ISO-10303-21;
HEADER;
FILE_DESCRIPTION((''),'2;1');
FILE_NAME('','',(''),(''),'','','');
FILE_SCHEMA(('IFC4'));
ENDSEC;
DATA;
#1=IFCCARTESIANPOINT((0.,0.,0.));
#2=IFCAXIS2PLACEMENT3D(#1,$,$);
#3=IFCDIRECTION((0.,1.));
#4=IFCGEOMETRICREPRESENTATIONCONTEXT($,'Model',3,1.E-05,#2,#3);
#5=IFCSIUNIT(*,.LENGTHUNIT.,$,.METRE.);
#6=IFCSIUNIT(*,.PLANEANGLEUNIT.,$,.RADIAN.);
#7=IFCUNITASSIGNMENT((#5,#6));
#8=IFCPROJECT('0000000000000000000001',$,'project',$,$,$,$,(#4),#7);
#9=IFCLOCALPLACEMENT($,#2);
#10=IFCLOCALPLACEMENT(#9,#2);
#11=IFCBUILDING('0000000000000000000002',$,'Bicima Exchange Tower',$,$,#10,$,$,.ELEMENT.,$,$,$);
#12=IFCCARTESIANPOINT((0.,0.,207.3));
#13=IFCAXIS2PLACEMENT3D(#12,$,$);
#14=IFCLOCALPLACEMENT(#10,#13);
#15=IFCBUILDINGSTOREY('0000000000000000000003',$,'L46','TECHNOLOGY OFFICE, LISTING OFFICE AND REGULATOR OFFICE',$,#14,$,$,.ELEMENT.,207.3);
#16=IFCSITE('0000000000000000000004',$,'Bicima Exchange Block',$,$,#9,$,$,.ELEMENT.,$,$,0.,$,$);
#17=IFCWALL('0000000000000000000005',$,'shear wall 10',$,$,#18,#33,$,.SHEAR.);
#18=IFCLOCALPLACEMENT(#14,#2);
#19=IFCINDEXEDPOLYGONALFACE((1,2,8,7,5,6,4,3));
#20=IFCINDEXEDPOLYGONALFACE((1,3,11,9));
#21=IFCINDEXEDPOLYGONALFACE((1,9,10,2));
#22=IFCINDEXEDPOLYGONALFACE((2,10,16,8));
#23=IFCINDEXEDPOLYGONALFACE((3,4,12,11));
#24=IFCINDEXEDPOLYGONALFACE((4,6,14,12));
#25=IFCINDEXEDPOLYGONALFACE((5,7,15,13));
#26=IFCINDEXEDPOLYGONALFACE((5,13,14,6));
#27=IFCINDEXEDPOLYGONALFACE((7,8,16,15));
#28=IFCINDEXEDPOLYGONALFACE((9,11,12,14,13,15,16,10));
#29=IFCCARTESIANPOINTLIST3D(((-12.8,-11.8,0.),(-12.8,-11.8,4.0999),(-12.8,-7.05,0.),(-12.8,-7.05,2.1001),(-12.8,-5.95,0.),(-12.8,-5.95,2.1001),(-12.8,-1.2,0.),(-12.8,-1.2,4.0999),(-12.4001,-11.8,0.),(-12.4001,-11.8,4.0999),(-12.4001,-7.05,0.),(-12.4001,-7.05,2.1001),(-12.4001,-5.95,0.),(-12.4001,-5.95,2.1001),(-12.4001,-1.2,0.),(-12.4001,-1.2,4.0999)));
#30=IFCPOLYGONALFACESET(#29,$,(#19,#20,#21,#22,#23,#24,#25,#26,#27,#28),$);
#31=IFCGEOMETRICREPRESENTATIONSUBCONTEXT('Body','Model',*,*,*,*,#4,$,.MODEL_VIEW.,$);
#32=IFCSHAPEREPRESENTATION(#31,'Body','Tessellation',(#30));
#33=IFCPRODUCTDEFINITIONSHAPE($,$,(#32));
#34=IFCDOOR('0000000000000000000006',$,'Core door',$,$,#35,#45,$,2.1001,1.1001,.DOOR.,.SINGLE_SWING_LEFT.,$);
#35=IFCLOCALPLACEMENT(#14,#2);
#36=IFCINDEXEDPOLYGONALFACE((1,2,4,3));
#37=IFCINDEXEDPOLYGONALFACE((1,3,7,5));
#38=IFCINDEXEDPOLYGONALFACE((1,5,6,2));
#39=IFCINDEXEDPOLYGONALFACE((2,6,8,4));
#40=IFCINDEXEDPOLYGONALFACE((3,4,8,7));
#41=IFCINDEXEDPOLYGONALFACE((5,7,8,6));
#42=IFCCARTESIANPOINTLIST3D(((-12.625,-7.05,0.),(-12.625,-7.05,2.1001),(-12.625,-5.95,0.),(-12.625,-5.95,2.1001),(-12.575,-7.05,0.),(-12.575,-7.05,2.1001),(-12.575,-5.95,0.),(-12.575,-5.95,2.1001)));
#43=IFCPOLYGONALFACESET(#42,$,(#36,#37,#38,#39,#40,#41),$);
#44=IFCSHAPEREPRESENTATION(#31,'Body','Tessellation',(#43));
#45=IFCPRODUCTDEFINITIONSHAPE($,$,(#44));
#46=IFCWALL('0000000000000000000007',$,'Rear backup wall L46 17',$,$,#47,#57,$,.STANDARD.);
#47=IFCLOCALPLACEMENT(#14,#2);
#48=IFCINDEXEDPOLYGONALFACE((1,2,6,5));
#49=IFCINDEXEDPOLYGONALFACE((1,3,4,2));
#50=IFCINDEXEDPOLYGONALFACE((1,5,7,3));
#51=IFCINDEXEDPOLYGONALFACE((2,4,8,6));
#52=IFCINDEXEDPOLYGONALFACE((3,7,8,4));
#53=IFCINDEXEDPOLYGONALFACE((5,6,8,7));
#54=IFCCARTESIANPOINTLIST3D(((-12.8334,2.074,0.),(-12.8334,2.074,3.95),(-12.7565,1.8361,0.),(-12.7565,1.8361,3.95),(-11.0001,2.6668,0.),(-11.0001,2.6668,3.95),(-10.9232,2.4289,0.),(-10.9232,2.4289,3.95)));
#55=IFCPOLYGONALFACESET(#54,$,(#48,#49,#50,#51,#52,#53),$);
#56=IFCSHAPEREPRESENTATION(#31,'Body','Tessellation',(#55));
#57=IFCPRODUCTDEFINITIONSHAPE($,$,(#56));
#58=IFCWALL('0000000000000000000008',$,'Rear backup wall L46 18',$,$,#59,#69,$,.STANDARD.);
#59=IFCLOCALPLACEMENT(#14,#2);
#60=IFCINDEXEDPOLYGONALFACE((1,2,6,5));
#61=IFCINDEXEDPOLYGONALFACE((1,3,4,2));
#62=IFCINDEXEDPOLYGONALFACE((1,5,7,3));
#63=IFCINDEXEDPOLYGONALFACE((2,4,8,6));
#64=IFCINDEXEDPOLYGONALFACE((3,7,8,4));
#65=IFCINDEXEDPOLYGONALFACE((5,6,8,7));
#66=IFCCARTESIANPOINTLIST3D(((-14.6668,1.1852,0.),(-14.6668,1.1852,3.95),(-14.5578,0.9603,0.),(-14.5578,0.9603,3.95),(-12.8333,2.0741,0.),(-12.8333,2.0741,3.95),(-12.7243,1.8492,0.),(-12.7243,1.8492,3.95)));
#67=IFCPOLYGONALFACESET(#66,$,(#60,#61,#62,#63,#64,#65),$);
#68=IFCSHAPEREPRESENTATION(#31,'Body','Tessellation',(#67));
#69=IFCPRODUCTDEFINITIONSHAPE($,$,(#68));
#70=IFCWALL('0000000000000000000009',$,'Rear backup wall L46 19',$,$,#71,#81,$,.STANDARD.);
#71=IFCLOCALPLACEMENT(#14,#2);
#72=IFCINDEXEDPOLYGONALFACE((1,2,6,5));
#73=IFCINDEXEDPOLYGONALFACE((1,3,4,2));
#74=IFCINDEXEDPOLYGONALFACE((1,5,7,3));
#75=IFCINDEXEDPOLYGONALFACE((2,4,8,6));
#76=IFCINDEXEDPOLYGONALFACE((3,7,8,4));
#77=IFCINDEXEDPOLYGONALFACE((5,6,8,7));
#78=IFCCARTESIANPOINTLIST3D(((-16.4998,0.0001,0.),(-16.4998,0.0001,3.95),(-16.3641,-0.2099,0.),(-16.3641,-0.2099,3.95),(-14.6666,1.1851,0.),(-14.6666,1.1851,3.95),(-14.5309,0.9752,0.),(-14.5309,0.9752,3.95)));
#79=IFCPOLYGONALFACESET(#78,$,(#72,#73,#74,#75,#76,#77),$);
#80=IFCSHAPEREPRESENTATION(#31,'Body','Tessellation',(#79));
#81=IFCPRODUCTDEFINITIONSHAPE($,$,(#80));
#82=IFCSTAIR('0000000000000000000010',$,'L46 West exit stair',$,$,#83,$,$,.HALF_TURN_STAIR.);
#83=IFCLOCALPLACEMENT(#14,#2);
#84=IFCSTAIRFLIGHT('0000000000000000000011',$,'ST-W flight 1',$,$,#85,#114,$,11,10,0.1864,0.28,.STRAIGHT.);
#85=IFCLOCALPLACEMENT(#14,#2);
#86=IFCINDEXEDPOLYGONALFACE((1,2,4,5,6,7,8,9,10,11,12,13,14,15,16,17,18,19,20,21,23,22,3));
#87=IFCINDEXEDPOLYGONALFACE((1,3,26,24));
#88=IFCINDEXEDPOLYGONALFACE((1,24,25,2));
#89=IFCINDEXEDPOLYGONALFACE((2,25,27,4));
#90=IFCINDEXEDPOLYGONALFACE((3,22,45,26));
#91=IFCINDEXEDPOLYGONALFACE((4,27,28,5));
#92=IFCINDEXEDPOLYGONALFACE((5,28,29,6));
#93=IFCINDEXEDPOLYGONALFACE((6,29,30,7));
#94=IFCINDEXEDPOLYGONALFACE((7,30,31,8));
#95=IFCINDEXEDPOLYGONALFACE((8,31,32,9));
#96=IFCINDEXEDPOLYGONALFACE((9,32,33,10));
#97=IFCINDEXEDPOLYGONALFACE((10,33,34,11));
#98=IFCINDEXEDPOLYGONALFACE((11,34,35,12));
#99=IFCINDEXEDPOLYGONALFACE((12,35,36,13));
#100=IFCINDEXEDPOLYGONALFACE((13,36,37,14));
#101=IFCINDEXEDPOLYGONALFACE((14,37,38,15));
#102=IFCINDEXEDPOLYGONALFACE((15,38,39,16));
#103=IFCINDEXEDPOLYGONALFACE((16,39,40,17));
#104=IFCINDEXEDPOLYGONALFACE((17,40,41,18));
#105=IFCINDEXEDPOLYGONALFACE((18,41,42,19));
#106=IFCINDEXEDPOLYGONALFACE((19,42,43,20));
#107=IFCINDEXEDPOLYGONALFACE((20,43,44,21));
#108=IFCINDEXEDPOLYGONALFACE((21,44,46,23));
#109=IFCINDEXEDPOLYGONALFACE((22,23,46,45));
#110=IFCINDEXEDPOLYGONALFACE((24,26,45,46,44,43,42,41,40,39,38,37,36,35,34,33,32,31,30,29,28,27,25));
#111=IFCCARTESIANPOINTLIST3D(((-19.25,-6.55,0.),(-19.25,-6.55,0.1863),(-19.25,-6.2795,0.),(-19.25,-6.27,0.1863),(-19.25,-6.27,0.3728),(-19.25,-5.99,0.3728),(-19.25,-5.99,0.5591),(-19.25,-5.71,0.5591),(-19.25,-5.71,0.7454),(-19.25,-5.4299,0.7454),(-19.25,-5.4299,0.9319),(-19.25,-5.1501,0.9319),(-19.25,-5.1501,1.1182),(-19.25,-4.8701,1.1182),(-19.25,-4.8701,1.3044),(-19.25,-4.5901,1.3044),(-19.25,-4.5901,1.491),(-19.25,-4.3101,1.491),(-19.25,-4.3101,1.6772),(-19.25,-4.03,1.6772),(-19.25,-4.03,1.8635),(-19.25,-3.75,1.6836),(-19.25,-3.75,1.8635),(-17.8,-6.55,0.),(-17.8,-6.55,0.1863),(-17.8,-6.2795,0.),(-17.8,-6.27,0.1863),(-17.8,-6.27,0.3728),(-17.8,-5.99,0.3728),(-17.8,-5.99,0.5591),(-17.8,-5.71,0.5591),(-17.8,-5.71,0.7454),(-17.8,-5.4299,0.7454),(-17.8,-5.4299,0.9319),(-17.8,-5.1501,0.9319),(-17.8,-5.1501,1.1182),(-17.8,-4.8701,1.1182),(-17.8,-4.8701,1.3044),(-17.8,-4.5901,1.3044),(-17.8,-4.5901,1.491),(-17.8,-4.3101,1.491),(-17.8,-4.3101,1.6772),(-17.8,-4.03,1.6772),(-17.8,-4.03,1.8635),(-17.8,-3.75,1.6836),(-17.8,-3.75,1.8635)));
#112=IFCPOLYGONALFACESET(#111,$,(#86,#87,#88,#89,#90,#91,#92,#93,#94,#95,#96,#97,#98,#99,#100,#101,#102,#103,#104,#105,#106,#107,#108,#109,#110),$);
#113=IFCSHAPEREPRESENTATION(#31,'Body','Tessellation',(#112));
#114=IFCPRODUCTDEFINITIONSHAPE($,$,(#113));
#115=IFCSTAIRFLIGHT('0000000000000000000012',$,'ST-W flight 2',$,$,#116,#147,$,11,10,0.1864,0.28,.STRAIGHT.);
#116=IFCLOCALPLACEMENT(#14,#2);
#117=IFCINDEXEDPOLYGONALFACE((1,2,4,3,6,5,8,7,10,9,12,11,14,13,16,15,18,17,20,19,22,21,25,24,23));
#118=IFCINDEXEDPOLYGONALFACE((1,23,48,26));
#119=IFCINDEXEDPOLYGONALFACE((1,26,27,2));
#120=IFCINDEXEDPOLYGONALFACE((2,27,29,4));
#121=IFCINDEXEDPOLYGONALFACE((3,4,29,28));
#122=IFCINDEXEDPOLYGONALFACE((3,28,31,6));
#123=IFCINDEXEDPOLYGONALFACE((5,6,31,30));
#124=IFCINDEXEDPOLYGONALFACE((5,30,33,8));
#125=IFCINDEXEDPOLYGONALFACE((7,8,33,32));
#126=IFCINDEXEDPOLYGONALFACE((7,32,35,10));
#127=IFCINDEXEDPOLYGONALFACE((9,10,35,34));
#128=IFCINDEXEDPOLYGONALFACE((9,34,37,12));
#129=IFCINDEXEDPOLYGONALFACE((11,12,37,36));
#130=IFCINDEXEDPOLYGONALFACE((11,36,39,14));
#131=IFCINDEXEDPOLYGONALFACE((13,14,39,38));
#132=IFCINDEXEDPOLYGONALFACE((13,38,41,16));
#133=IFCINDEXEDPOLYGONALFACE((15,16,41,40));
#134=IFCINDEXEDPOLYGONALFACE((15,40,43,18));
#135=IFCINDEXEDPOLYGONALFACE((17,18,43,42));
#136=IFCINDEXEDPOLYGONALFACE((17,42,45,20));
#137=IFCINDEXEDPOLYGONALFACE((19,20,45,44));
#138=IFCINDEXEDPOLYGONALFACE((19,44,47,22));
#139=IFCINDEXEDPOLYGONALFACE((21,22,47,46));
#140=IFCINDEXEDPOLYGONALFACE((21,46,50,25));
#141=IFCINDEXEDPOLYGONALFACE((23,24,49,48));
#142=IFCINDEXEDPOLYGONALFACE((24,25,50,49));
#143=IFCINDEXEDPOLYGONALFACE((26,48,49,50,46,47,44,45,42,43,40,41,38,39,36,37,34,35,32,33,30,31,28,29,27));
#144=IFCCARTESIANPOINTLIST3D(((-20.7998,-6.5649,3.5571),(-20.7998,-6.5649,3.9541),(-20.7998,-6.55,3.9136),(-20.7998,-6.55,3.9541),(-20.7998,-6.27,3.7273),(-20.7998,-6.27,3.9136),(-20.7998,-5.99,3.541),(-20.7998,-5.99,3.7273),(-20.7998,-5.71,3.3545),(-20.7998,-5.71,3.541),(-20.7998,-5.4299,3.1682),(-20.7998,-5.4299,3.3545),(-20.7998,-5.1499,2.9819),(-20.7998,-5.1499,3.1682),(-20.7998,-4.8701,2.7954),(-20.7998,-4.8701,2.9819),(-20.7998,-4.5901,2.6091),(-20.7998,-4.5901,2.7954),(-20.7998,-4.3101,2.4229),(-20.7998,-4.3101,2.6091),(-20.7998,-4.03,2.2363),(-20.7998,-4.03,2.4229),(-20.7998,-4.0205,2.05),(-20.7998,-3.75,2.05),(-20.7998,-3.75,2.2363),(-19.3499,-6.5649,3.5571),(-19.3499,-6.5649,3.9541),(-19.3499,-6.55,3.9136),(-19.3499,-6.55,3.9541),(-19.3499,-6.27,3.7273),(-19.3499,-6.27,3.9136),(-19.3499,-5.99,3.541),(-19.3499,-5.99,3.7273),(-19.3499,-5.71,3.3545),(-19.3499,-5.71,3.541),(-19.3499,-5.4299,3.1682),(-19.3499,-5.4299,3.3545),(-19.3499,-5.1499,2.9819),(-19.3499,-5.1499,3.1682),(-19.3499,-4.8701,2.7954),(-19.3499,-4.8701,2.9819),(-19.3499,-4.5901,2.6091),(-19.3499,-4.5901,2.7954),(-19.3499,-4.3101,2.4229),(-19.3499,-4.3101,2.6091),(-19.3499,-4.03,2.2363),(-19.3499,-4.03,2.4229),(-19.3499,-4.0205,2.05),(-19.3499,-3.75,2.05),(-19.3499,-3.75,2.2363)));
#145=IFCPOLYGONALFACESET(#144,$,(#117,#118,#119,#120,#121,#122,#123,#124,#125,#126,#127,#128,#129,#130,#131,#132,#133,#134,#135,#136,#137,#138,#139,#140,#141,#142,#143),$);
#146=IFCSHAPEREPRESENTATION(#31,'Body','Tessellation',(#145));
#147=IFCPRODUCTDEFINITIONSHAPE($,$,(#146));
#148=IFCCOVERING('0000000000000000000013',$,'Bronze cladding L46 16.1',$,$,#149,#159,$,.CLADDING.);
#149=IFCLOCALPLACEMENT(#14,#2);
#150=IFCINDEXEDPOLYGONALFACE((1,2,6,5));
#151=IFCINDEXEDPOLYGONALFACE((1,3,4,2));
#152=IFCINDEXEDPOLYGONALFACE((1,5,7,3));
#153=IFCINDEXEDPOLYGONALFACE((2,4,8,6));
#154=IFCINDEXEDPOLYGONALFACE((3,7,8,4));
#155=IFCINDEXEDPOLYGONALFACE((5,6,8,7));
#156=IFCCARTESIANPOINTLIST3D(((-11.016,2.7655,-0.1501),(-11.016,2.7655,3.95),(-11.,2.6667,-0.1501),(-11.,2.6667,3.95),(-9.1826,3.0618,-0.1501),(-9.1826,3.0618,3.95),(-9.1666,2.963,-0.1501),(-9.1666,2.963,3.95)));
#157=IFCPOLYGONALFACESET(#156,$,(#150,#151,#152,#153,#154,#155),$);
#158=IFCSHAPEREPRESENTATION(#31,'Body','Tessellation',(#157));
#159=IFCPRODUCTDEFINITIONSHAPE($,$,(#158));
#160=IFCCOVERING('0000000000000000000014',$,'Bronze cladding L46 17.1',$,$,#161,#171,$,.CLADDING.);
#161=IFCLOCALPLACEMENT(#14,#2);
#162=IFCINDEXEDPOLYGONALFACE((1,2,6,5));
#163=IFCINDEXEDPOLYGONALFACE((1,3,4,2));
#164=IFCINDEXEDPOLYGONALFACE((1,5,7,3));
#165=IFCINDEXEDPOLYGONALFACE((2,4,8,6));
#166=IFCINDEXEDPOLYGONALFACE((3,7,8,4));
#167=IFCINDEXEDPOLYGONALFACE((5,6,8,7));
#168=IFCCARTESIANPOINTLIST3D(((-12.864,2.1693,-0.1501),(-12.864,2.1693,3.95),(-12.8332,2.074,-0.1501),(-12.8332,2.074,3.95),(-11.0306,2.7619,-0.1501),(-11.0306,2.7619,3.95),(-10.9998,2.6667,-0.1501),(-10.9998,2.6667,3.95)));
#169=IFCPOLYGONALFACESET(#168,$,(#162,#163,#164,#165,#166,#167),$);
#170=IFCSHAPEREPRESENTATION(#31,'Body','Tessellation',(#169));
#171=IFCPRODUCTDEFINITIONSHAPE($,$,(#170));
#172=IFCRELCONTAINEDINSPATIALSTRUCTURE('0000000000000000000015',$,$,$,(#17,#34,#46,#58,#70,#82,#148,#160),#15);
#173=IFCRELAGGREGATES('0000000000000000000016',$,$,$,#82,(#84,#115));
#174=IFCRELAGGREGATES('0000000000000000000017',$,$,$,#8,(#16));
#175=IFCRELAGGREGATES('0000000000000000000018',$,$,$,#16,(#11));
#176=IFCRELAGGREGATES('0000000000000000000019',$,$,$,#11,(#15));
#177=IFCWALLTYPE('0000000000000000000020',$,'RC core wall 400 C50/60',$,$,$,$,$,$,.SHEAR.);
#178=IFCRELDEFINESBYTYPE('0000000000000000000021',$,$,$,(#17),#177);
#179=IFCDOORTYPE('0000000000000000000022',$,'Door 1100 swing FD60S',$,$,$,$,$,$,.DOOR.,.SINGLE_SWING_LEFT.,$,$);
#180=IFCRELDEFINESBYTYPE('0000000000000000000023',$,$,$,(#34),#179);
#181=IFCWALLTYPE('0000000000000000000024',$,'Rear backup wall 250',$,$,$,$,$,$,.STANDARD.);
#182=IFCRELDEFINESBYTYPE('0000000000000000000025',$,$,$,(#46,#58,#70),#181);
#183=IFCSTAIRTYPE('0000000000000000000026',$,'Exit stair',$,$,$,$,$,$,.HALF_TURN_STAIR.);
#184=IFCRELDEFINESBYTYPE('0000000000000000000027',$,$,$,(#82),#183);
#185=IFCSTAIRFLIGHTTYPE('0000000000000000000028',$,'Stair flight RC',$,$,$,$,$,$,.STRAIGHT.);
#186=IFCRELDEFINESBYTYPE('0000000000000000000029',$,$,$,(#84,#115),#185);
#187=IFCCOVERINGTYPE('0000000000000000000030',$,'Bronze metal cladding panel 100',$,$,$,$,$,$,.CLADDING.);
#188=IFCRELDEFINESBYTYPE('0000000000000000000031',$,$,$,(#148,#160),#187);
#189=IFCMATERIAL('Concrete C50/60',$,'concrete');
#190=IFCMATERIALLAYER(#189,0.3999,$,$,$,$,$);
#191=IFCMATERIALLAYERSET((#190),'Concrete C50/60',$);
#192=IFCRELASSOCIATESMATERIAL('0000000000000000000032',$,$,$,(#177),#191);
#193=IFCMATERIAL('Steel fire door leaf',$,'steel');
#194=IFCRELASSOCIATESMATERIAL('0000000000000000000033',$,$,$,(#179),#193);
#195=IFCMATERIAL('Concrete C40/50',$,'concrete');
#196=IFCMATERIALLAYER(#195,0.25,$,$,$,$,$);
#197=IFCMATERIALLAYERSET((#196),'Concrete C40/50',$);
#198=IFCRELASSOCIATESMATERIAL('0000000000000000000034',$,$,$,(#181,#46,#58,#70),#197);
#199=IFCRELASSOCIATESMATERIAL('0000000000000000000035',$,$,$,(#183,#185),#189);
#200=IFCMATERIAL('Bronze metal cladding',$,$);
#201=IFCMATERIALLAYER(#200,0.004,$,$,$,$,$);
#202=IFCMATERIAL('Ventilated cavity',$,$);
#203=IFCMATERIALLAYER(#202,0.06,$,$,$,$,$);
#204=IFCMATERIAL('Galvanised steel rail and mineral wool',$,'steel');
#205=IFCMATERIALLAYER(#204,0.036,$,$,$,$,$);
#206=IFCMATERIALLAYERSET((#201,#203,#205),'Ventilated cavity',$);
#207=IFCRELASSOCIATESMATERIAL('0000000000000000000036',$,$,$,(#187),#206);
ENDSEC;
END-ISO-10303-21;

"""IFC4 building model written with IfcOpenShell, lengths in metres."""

from ifc_helpers import new_model, si_unit, direction, frame, frame_2d, origin, origin_2d, place, context, subcontext, project, spatial, polyline, rectangle, outline, extrude, material, layer, layer_set, layer_usage, type_object, element, fill, aggregate, save


model = new_model("IFC4")

# Units and contexts
model_context = context("Model", 3, precision=1e-05, world=origin(), true_north=direction((0.0, 1.0)))
body_context = subcontext(model_context, "Body", "Model", "MODEL_VIEW")
ifc_project = project(units=[si_unit("LENGTHUNIT", "METRE"), si_unit("PLANEANGLEUNIT", "RADIAN")], contexts=[model_context])

# Site, building, storey
site_placement = place(None, origin())
site = spatial("IfcSite", under=ifc_project, at=site_placement, Name="Bicima Exchange Block", CompositionType="ELEMENT", RefElevation=0.0)
building_placement = place(site_placement, origin())
building = spatial("IfcBuilding", under=site, at=building_placement, Name="Bicima Exchange Tower", CompositionType="ELEMENT")
storey_placement = place(building_placement, frame((0.0, 0.0, 207.3)))
storey = spatial("IfcBuildingStorey", under=building, at=storey_placement, Name="L46", Description="TECHNOLOGY OFFICE, LISTING OFFICE AND REGULATOR OFFICE", CompositionType="ELEMENT", Elevation=207.3)

# Shared definitions
ifc_material_1 = material(Name="Concrete C50/60", Category="concrete")
ifc_layer_1 = layer(ifc_material_1, 0.3999)
ifc_layer_set_1 = layer_set([ifc_layer_1], Name="Concrete C50/60")
wall_type_1 = type_object("IfcWallType", Name="RC core wall 400 C50/60", PredefinedType="SHEAR", material=ifc_layer_set_1)
ifc_material_2 = material(Name="Steel fire door leaf", Category="steel")
door_type_1 = type_object("IfcDoorType", Name="Door 1100 swing FD60S", OperationType="SINGLE_SWING_LEFT", PredefinedType="DOOR", material=ifc_material_2)

# Wall, opening, door
wall_1_placement = place(storey_placement, frame((-12.6001, -11.8, 0.0), z_axis=(0.0, 0.0, 1.0), x_axis=(0.0, 1.0, 0.0)))
wall_1 = element("IfcWall", 1, at=wall_1_placement, inside=storey, type_object=wall_type_1, Name="shear wall 10", PredefinedType="SHEAR", context=body_context, shape_type="SweptSolid", body=[
    extrude(rectangle(XDim=10.6001, YDim=0.3999, at=frame_2d((5.3, 0.0))), origin(), (0.0, 0.0, 1.0), 4.0999),
])
opening_1_placement = place(wall_1_placement, frame((4.75, 0.0, 0.0)))
opening_1 = element("IfcOpeningElement", 2, at=opening_1_placement, cuts=wall_1, PredefinedType="OPENING", context=body_context, shape_type="SweptSolid", body=[
    extrude(rectangle(XDim=1.1001, YDim=2.1001, at=frame_2d((0.55, 1.05))), frame((0.0, 0.2119, 0.0), z_axis=(0.0, -1.0, 0.0), x_axis=(1.0, 0.0, 0.0)), (0.0, 0.0, 1.0), 0.4238),
])
door_1_placement = place(opening_1_placement, origin())
door_1 = element("IfcDoor", 3, at=door_1_placement, inside=storey, type_object=door_type_1, Name="Core door", OperationType="SINGLE_SWING_LEFT", OverallHeight=2.1001, OverallWidth=1.1001, PredefinedType="DOOR", context=body_context, shape_type="SweptSolid", body=[
    extrude(rectangle(XDim=1.1001, YDim=2.1001, at=frame_2d((0.55, 1.05))), frame((0.0, 0.0249, 0.0), z_axis=(0.0, -1.0, 0.0), x_axis=(1.0, 0.0, 0.0)), (0.0, 0.0, 1.0), 0.05),
])
fill(opening_1, door_1)

# Walls
ifc_material_3 = material(Name="Concrete C40/50", Category="concrete")
ifc_layer_2 = layer(ifc_material_3, 0.25)
ifc_layer_set_2 = layer_set([ifc_layer_2], Name="Concrete C40/50")
ifc_layer_usage = layer_usage(ifc_layer_set_2, "AXIS2", "POSITIVE", -0.125)
wall_type_2 = type_object("IfcWallType", Name="Rear backup wall 250", PredefinedType="STANDARD", material=ifc_layer_set_2)
wall_2_placement = place(storey_placement, frame((-10.9617, 2.5479, 0.0), z_axis=(0.0, 0.0, 1.0), x_axis=(-0.951496, -0.307662, 0.0)))
element("IfcWall", 4, at=wall_2_placement, inside=storey, type_object=wall_type_2, material=ifc_layer_usage, Name="Rear backup wall L46 17", PredefinedType="STANDARD", context=body_context, shape_type="SweptSolid", body=[
    extrude(rectangle(XDim=1.9268, YDim=0.25, at=frame_2d((0.9634, 0.0))), origin(), (0.0, 0.0, 1.0), 3.95),
])
wall_3_placement = place(storey_placement, frame((-12.7788, 1.9617, 0.0), z_axis=(0.0, 0.0, 1.0), x_axis=(-0.899824, -0.436253, 0.0)))
element("IfcWall", 5, at=wall_3_placement, inside=storey, type_object=wall_type_2, material=ifc_layer_usage, Name="Rear backup wall L46 18", PredefinedType="STANDARD", context=body_context, shape_type="SweptSolid", body=[
    extrude(rectangle(XDim=2.0376, YDim=0.25, at=frame_2d((1.0188, 0.0))), origin(), (0.0, 0.0, 1.0), 3.95),
])
wall_4_placement = place(storey_placement, frame((-14.5989, 1.0801, 0.0), z_axis=(0.0, 0.0, 1.0), x_axis=(-0.839813, -0.542876, 0.0)))
element("IfcWall", 6, at=wall_4_placement, inside=storey, type_object=wall_type_2, material=ifc_layer_usage, Name="Rear backup wall L46 19", PredefinedType="STANDARD", context=body_context, shape_type="SweptSolid", body=[
    extrude(rectangle(XDim=2.1829, YDim=0.25, at=frame_2d((1.0913, 0.0))), origin(), (0.0, 0.0, 1.0), 3.95),
])

# Stair, stair flights
stair_type = type_object("IfcStairType", Name="Exit stair", PredefinedType="HALF_TURN_STAIR", material=ifc_material_1)
stair_placement = place(storey_placement, origin())
stair = element("IfcStair", 7, at=stair_placement, inside=storey, type_object=stair_type, Name="L46 West exit stair", PredefinedType="HALF_TURN_STAIR")
stair_flight_type = type_object("IfcStairFlightType", Name="Stair flight RC", PredefinedType="STRAIGHT", material=ifc_material_1)
stair_flight_1_placement = place(storey_placement, frame((-18.5249, -6.55, 0.0), z_axis=(0.0, 0.0, 1.0), x_axis=(0.0, 1.0, 0.0)))
stair_flight_1 = element("IfcStairFlight", 8, at=stair_flight_1_placement, type_object=stair_flight_type, Name="ST-W flight 1", NumberOfRisers=11, NumberOfTreads=10, PredefinedType="STRAIGHT", RiserHeight=0.1864, TreadLength=0.28, context=body_context, shape_type="SweptSolid", body=[
    extrude(outline(polyline([(0.0, 0.0), (0.0, 0.1863), (0.28, 0.1863), (0.28, 0.3728), (0.5601, 0.3728), (0.5601, 0.5591), (0.8401, 0.5591), (0.8401, 0.7454), (1.1201, 0.7454), (1.1201, 0.9319), (1.3999, 0.9319), (1.3999, 1.1182), (1.6799, 1.1182), (1.6799, 1.3044), (1.96, 1.3044), (1.96, 1.491), (2.24, 1.491), (2.24, 1.6772), (2.52, 1.6772), (2.52, 1.8635), (2.8, 1.8635), (2.8, 2.05), (2.8, 1.6836), (0.2705, 0.0), (0.0, 0.0)])), frame((0.0, 0.7251, 0.0), z_axis=(0.0, -1.0, 0.0), x_axis=(1.0, 0.0, 0.0)), (0.0, 0.0, 1.0), 1.45),
])
stair_flight_2_placement = place(storey_placement, frame((-20.075, -3.75, 2.05), z_axis=(0.0, 0.0, 1.0), x_axis=(0.0, -1.0, 0.0)))
stair_flight_2 = element("IfcStairFlight", 9, at=stair_flight_2_placement, type_object=stair_flight_type, Name="ST-W flight 2", NumberOfRisers=11, NumberOfTreads=10, PredefinedType="STRAIGHT", RiserHeight=0.1864, TreadLength=0.28, context=body_context, shape_type="SweptSolid", body=[
    extrude(outline(polyline([(0.0, 0.0), (0.0, 0.1863), (0.28, 0.1863), (0.28, 0.3728), (0.5601, 0.3728), (0.5601, 0.5591), (0.8401, 0.5591), (0.8401, 0.7454), (1.1201, 0.7454), (1.1201, 0.9319), (1.3999, 0.9319), (1.3999, 1.1182), (1.6799, 1.1182), (1.6799, 1.3044), (1.96, 1.3044), (1.96, 1.491), (2.24, 1.491), (2.24, 1.6772), (2.52, 1.6772), (2.52, 1.8635), (2.8, 1.8635), (2.8, 1.9041), (2.8149, 1.9041), (2.8149, 1.5071), (0.2705, 0.0), (0.0, 0.0)])), frame((0.0, 0.7251, 0.0), z_axis=(0.0, -1.0, 0.0), x_axis=(1.0, 0.0, 0.0)), (0.0, 0.0, 1.0), 1.45),
])
aggregate(stair, [stair_flight_1, stair_flight_2])

# Coverings
ifc_material_4 = material(Name="Bronze metal cladding")
ifc_layer_3 = layer(ifc_material_4, 0.004)
ifc_material_5 = material(Name="Ventilated cavity")
ifc_layer_4 = layer(ifc_material_5, 0.06)
ifc_material_6 = material(Name="Galvanised steel rail and mineral wool", Category="steel")
ifc_layer_5 = layer(ifc_material_6, 0.036)
ifc_layer_set_3 = layer_set([ifc_layer_3, ifc_layer_4, ifc_layer_5], Name="Ventilated cavity")
covering_type = type_object("IfcCoveringType", Name="Bronze metal cladding panel 100", PredefinedType="CLADDING", material=ifc_layer_set_3)
covering_1_placement = place(storey_placement, frame((-10.0913, 2.8643, -0.1501), z_axis=(0.0, 0.0, 1.0), x_axis=(-0.98719, -0.15955, 0.0)))
element("IfcCovering", 10, at=covering_1_placement, inside=storey, type_object=covering_type, Name="Bronze cladding L46 16.1", PredefinedType="CLADDING", context=body_context, shape_type="SweptSolid", body=[
    extrude(rectangle(XDim=1.8572, YDim=0.1001, at=origin_2d()), origin(), (0.0, 0.0, 1.0), 4.1001),
])
covering_2_placement = place(storey_placement, frame((-11.9319, 2.418, -0.1501), z_axis=(0.0, 0.0, 1.0), x_axis=(-0.951525, -0.307573, 0.0)))
element("IfcCovering", 11, at=covering_2_placement, inside=storey, type_object=covering_type, Name="Bronze cladding L46 17.1", PredefinedType="CLADDING", context=body_context, shape_type="SweptSolid", body=[
    extrude(rectangle(XDim=1.9268, YDim=0.1001, at=origin_2d()), origin(), (0.0, 0.0, 1.0), 4.1001),
])

save(model, "model.ifc")
